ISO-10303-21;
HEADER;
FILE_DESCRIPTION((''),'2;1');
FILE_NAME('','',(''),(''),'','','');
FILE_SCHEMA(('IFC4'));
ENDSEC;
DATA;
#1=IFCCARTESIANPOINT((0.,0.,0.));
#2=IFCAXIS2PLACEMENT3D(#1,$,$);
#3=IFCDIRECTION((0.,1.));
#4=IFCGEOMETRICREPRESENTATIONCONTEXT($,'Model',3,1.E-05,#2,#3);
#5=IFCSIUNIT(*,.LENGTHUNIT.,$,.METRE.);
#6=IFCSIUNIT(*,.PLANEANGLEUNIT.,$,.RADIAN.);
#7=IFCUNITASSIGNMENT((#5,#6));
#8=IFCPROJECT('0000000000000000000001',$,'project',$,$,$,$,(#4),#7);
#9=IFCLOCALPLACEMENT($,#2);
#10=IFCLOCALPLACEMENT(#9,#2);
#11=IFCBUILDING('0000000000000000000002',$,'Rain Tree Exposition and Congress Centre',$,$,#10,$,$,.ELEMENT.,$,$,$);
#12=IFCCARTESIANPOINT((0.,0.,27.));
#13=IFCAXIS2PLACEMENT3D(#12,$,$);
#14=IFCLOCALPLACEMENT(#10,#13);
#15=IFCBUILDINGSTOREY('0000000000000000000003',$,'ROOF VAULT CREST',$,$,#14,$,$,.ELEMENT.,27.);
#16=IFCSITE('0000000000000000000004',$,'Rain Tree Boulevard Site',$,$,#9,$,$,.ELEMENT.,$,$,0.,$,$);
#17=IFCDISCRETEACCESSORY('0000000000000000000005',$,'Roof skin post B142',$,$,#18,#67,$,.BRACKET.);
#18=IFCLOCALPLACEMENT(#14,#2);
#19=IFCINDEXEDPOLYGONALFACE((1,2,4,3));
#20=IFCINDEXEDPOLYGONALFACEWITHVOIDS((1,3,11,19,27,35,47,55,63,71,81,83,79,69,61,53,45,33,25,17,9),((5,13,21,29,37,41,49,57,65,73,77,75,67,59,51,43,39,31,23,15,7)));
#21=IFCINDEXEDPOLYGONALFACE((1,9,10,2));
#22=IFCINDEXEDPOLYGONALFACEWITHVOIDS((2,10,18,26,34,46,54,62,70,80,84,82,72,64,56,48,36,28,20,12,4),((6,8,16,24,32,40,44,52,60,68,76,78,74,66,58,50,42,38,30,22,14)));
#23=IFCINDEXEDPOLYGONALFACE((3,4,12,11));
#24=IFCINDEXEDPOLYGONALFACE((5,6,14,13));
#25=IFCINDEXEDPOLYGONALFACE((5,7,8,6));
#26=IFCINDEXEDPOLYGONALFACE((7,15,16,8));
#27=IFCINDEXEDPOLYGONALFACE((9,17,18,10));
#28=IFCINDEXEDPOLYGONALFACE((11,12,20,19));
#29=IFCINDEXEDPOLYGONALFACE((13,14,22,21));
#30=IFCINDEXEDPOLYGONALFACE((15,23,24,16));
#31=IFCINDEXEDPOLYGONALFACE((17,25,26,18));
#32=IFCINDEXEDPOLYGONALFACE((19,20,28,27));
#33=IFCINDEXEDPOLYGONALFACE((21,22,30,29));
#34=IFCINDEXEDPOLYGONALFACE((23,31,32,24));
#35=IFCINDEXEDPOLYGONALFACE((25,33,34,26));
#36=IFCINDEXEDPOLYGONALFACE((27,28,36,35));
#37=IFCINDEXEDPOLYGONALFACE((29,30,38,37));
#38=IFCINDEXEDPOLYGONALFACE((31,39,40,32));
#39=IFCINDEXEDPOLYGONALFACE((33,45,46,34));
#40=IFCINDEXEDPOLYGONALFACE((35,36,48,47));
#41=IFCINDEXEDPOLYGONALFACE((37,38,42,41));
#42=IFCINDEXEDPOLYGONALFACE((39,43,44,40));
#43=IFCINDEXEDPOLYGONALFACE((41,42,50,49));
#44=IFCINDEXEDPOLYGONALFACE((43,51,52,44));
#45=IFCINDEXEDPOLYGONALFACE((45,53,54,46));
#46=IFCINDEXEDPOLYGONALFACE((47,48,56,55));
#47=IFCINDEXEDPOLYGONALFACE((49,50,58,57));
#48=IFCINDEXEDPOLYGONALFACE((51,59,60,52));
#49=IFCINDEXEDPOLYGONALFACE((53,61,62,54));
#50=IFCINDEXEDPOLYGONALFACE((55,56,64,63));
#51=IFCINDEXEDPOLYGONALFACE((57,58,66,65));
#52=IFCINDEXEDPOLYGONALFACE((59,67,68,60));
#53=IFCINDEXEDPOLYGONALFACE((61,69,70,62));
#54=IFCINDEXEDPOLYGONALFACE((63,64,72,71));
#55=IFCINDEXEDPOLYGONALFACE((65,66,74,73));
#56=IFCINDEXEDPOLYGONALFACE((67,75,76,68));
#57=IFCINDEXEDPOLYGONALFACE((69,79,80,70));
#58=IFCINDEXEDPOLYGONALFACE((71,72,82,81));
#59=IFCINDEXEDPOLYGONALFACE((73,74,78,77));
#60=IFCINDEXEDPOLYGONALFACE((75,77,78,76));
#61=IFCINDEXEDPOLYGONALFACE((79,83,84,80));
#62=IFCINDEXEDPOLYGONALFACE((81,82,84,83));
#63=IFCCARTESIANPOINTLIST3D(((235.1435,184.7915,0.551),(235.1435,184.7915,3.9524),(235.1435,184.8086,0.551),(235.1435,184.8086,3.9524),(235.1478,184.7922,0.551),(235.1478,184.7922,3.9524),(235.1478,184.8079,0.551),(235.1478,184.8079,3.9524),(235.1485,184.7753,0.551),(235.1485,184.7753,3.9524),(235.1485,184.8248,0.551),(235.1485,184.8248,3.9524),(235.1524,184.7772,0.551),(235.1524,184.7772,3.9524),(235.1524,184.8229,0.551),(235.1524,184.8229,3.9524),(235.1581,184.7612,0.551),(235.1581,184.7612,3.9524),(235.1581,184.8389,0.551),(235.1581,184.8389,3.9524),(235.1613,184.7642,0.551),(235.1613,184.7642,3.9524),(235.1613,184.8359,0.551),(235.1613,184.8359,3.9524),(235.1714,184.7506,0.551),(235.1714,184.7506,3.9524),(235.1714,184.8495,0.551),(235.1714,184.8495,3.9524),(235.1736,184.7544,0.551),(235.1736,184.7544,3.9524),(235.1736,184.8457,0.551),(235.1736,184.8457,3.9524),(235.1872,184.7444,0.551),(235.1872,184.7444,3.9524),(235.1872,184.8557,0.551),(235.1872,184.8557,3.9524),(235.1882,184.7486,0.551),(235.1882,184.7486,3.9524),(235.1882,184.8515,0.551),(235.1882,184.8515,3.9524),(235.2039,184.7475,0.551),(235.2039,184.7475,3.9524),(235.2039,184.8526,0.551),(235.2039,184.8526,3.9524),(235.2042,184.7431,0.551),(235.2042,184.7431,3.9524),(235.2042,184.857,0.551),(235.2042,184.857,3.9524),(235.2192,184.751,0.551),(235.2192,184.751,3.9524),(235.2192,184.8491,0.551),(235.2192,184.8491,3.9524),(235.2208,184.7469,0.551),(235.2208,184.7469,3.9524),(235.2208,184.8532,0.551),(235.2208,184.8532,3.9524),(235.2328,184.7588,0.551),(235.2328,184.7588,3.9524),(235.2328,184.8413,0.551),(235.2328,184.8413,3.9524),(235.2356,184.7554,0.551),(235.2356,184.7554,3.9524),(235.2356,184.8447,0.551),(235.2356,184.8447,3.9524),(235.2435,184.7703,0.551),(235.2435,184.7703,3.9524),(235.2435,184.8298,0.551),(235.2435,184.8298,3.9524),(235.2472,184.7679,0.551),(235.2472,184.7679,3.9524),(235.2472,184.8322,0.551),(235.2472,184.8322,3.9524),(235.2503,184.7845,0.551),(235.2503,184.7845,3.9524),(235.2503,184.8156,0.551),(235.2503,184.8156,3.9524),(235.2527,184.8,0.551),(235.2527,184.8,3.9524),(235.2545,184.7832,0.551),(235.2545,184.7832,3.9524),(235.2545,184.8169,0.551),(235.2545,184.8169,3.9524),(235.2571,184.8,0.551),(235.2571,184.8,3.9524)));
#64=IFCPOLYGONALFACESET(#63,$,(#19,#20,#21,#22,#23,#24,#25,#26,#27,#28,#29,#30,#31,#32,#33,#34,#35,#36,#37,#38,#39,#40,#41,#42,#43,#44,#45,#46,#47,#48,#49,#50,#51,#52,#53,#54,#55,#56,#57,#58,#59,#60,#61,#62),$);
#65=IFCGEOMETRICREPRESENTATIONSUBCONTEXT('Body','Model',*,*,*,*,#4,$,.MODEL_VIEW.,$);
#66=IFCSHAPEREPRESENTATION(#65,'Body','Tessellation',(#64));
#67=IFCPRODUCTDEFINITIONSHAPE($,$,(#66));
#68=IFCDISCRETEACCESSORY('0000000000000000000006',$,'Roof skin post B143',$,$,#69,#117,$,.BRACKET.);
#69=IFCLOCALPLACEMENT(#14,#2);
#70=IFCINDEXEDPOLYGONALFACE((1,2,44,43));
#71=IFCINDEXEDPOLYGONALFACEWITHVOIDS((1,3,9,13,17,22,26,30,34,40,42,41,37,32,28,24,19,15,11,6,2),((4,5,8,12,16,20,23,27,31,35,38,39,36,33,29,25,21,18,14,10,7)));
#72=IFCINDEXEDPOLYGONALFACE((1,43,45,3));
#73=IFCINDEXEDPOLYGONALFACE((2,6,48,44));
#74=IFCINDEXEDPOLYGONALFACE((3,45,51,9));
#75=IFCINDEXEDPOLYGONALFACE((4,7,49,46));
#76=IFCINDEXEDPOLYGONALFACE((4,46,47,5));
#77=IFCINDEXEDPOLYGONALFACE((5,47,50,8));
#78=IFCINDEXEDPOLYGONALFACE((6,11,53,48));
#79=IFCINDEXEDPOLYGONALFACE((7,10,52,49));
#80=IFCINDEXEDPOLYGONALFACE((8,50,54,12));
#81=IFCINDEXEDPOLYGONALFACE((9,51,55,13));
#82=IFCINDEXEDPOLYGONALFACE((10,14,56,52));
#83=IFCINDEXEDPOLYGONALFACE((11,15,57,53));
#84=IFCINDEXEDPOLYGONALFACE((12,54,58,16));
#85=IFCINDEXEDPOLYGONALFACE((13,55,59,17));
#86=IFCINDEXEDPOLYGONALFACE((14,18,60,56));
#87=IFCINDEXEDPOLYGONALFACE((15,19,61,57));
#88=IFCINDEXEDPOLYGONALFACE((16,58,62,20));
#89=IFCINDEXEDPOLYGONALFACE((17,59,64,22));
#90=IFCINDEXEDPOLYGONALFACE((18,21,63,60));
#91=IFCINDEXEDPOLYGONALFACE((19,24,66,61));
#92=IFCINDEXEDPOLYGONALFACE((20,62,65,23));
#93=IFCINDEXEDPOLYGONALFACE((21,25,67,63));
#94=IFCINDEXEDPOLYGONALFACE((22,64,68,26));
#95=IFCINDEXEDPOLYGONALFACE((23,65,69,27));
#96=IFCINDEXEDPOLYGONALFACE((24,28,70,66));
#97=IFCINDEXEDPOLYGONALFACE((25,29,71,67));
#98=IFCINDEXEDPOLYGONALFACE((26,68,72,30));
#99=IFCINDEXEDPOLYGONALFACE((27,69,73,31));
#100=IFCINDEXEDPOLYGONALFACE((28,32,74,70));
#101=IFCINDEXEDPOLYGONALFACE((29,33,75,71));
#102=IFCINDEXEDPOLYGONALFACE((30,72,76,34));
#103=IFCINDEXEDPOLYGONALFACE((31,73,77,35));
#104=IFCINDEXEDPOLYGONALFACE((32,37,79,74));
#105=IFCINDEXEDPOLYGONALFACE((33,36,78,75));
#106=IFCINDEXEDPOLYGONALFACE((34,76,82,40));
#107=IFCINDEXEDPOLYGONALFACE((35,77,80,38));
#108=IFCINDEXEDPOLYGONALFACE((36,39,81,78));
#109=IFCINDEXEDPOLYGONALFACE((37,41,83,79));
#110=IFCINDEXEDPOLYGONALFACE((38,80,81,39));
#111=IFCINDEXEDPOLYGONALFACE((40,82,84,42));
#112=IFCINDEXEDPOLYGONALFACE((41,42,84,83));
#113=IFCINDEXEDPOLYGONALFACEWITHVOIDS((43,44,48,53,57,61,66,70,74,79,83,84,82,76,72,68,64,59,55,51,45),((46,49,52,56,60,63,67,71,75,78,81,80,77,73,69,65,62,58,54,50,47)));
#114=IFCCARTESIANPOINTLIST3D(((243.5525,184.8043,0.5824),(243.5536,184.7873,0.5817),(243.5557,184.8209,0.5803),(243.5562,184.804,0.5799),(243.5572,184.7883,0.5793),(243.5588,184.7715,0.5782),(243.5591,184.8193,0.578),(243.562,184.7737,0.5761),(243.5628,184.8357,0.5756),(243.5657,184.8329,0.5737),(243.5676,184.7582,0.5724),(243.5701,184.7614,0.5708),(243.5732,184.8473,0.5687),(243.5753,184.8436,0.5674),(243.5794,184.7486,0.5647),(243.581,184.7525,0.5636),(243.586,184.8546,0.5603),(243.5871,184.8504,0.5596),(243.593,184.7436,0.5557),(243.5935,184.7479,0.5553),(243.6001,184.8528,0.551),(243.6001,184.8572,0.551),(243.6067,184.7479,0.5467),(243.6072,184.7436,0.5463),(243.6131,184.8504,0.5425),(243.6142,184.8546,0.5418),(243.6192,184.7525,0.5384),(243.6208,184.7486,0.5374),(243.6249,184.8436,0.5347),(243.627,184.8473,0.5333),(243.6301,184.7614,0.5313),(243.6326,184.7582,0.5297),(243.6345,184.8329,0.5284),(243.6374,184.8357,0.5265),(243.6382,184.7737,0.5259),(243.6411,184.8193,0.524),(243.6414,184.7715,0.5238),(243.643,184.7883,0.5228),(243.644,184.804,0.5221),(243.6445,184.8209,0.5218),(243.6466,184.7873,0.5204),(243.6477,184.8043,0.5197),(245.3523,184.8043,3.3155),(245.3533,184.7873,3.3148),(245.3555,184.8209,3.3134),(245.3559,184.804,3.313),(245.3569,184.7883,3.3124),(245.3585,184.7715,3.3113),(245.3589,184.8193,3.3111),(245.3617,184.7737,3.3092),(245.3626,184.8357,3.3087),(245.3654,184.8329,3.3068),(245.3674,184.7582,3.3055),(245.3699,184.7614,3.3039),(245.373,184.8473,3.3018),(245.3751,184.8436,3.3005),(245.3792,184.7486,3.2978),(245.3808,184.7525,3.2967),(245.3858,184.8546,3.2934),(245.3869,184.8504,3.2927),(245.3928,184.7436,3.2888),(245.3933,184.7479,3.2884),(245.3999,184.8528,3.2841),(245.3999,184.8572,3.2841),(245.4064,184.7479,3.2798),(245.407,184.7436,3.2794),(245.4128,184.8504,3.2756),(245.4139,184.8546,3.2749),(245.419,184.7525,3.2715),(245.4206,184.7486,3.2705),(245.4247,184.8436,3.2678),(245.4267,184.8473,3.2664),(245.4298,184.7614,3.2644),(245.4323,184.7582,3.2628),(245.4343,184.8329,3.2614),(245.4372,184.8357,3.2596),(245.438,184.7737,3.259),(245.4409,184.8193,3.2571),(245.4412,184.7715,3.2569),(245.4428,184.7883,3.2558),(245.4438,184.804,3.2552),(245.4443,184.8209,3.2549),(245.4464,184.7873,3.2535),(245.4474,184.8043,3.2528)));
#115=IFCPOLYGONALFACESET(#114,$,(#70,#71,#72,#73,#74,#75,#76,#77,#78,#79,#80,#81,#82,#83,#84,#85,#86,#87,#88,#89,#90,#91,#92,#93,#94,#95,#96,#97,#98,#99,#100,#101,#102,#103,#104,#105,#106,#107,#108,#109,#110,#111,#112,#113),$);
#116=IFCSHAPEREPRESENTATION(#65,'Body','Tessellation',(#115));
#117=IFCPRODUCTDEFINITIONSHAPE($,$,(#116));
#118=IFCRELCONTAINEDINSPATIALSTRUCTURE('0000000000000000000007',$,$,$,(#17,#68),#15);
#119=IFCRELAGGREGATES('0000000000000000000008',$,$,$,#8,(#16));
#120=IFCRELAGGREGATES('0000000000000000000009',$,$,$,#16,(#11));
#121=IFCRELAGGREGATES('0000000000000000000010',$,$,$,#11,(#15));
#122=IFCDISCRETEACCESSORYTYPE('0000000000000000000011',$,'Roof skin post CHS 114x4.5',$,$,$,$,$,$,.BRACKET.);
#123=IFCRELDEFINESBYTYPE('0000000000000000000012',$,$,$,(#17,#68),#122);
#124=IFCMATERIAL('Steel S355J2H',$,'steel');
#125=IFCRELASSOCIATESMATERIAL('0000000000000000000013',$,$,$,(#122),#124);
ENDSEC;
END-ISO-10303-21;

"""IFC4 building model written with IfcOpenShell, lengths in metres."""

from ifc_helpers import new_model, si_unit, direction, frame, origin, origin_2d, place, context, subcontext, project, spatial, hollow_circle, extrude, material, material_profile, profile_set, type_object, element, save


model = new_model("IFC4")

# Units and contexts
model_context = context("Model", 3, precision=1e-05, world=origin(), true_north=direction((0.0, 1.0)))
body_context = subcontext(model_context, "Body", "Model", "MODEL_VIEW")
ifc_project = project(units=[si_unit("LENGTHUNIT", "METRE"), si_unit("PLANEANGLEUNIT", "RADIAN")], contexts=[model_context])

# Site, building, storey
site_placement = place(None, origin())
site = spatial("IfcSite", under=ifc_project, at=site_placement, Name="Rain Tree Boulevard Site", CompositionType="ELEMENT", RefElevation=0.0)
building_placement = place(site_placement, origin())
building = spatial("IfcBuilding", under=site, at=building_placement, Name="Rain Tree Exposition and Congress Centre", CompositionType="ELEMENT")
storey_placement = place(building_placement, frame((0.0, 0.0, 27.0)))
storey = spatial("IfcBuildingStorey", under=building, at=storey_placement, Name="ROOF VAULT CREST", CompositionType="ELEMENT", Elevation=27.0)

# Discrete accessories
ifc_material_1 = material(Name="Steel S355J2H", Category="steel")
ifc_material_profile_1 = material_profile(ifc_material_1, hollow_circle(Radius=0.0571, WallThickness=0.0044, at=origin_2d()), Name="CHS 114x4.5")
ifc_profile_set_1 = profile_set([ifc_material_profile_1], Name="Steel S355J2H")
discrete_accessory_type_1 = type_object("IfcDiscreteAccessoryType", Name="Roof skin post CHS 114x4.5", PredefinedType="BRACKET", material=ifc_profile_set_1)
discrete_accessory_1_placement = place(storey_placement, frame((235.2, 184.8, 0.551), z_axis=(0.0, 0.0, 1.0), x_axis=(1.0, 0.0, 0.0)))
element("IfcDiscreteAccessory", 1, at=discrete_accessory_1_placement, inside=storey, type_object=discrete_accessory_type_1, Name="Roof skin post B142", PredefinedType="BRACKET", context=body_context, shape_type="SweptSolid", body=[
    extrude(hollow_circle(Radius=0.0571, WallThickness=0.0044, at=origin_2d()), origin(), (0.0, 0.0, 1.0), 3.4014),
])
discrete_accessory_2_placement = place(storey_placement, frame((243.6001, 184.8, 0.551), z_axis=(0.549974, 0.0, 0.835182), x_axis=(0.0, 1.0, 0.0)))
element("IfcDiscreteAccessory", 2, at=discrete_accessory_2_placement, inside=storey, type_object=discrete_accessory_type_1, Name="Roof skin post B143", PredefinedType="BRACKET", context=body_context, shape_type="SweptSolid", body=[
    extrude(hollow_circle(Radius=0.0571, WallThickness=0.0044, at=origin_2d()), origin(), (0.0, 0.0, 1.0), 3.2725),
])

save(model, "model.ifc")
